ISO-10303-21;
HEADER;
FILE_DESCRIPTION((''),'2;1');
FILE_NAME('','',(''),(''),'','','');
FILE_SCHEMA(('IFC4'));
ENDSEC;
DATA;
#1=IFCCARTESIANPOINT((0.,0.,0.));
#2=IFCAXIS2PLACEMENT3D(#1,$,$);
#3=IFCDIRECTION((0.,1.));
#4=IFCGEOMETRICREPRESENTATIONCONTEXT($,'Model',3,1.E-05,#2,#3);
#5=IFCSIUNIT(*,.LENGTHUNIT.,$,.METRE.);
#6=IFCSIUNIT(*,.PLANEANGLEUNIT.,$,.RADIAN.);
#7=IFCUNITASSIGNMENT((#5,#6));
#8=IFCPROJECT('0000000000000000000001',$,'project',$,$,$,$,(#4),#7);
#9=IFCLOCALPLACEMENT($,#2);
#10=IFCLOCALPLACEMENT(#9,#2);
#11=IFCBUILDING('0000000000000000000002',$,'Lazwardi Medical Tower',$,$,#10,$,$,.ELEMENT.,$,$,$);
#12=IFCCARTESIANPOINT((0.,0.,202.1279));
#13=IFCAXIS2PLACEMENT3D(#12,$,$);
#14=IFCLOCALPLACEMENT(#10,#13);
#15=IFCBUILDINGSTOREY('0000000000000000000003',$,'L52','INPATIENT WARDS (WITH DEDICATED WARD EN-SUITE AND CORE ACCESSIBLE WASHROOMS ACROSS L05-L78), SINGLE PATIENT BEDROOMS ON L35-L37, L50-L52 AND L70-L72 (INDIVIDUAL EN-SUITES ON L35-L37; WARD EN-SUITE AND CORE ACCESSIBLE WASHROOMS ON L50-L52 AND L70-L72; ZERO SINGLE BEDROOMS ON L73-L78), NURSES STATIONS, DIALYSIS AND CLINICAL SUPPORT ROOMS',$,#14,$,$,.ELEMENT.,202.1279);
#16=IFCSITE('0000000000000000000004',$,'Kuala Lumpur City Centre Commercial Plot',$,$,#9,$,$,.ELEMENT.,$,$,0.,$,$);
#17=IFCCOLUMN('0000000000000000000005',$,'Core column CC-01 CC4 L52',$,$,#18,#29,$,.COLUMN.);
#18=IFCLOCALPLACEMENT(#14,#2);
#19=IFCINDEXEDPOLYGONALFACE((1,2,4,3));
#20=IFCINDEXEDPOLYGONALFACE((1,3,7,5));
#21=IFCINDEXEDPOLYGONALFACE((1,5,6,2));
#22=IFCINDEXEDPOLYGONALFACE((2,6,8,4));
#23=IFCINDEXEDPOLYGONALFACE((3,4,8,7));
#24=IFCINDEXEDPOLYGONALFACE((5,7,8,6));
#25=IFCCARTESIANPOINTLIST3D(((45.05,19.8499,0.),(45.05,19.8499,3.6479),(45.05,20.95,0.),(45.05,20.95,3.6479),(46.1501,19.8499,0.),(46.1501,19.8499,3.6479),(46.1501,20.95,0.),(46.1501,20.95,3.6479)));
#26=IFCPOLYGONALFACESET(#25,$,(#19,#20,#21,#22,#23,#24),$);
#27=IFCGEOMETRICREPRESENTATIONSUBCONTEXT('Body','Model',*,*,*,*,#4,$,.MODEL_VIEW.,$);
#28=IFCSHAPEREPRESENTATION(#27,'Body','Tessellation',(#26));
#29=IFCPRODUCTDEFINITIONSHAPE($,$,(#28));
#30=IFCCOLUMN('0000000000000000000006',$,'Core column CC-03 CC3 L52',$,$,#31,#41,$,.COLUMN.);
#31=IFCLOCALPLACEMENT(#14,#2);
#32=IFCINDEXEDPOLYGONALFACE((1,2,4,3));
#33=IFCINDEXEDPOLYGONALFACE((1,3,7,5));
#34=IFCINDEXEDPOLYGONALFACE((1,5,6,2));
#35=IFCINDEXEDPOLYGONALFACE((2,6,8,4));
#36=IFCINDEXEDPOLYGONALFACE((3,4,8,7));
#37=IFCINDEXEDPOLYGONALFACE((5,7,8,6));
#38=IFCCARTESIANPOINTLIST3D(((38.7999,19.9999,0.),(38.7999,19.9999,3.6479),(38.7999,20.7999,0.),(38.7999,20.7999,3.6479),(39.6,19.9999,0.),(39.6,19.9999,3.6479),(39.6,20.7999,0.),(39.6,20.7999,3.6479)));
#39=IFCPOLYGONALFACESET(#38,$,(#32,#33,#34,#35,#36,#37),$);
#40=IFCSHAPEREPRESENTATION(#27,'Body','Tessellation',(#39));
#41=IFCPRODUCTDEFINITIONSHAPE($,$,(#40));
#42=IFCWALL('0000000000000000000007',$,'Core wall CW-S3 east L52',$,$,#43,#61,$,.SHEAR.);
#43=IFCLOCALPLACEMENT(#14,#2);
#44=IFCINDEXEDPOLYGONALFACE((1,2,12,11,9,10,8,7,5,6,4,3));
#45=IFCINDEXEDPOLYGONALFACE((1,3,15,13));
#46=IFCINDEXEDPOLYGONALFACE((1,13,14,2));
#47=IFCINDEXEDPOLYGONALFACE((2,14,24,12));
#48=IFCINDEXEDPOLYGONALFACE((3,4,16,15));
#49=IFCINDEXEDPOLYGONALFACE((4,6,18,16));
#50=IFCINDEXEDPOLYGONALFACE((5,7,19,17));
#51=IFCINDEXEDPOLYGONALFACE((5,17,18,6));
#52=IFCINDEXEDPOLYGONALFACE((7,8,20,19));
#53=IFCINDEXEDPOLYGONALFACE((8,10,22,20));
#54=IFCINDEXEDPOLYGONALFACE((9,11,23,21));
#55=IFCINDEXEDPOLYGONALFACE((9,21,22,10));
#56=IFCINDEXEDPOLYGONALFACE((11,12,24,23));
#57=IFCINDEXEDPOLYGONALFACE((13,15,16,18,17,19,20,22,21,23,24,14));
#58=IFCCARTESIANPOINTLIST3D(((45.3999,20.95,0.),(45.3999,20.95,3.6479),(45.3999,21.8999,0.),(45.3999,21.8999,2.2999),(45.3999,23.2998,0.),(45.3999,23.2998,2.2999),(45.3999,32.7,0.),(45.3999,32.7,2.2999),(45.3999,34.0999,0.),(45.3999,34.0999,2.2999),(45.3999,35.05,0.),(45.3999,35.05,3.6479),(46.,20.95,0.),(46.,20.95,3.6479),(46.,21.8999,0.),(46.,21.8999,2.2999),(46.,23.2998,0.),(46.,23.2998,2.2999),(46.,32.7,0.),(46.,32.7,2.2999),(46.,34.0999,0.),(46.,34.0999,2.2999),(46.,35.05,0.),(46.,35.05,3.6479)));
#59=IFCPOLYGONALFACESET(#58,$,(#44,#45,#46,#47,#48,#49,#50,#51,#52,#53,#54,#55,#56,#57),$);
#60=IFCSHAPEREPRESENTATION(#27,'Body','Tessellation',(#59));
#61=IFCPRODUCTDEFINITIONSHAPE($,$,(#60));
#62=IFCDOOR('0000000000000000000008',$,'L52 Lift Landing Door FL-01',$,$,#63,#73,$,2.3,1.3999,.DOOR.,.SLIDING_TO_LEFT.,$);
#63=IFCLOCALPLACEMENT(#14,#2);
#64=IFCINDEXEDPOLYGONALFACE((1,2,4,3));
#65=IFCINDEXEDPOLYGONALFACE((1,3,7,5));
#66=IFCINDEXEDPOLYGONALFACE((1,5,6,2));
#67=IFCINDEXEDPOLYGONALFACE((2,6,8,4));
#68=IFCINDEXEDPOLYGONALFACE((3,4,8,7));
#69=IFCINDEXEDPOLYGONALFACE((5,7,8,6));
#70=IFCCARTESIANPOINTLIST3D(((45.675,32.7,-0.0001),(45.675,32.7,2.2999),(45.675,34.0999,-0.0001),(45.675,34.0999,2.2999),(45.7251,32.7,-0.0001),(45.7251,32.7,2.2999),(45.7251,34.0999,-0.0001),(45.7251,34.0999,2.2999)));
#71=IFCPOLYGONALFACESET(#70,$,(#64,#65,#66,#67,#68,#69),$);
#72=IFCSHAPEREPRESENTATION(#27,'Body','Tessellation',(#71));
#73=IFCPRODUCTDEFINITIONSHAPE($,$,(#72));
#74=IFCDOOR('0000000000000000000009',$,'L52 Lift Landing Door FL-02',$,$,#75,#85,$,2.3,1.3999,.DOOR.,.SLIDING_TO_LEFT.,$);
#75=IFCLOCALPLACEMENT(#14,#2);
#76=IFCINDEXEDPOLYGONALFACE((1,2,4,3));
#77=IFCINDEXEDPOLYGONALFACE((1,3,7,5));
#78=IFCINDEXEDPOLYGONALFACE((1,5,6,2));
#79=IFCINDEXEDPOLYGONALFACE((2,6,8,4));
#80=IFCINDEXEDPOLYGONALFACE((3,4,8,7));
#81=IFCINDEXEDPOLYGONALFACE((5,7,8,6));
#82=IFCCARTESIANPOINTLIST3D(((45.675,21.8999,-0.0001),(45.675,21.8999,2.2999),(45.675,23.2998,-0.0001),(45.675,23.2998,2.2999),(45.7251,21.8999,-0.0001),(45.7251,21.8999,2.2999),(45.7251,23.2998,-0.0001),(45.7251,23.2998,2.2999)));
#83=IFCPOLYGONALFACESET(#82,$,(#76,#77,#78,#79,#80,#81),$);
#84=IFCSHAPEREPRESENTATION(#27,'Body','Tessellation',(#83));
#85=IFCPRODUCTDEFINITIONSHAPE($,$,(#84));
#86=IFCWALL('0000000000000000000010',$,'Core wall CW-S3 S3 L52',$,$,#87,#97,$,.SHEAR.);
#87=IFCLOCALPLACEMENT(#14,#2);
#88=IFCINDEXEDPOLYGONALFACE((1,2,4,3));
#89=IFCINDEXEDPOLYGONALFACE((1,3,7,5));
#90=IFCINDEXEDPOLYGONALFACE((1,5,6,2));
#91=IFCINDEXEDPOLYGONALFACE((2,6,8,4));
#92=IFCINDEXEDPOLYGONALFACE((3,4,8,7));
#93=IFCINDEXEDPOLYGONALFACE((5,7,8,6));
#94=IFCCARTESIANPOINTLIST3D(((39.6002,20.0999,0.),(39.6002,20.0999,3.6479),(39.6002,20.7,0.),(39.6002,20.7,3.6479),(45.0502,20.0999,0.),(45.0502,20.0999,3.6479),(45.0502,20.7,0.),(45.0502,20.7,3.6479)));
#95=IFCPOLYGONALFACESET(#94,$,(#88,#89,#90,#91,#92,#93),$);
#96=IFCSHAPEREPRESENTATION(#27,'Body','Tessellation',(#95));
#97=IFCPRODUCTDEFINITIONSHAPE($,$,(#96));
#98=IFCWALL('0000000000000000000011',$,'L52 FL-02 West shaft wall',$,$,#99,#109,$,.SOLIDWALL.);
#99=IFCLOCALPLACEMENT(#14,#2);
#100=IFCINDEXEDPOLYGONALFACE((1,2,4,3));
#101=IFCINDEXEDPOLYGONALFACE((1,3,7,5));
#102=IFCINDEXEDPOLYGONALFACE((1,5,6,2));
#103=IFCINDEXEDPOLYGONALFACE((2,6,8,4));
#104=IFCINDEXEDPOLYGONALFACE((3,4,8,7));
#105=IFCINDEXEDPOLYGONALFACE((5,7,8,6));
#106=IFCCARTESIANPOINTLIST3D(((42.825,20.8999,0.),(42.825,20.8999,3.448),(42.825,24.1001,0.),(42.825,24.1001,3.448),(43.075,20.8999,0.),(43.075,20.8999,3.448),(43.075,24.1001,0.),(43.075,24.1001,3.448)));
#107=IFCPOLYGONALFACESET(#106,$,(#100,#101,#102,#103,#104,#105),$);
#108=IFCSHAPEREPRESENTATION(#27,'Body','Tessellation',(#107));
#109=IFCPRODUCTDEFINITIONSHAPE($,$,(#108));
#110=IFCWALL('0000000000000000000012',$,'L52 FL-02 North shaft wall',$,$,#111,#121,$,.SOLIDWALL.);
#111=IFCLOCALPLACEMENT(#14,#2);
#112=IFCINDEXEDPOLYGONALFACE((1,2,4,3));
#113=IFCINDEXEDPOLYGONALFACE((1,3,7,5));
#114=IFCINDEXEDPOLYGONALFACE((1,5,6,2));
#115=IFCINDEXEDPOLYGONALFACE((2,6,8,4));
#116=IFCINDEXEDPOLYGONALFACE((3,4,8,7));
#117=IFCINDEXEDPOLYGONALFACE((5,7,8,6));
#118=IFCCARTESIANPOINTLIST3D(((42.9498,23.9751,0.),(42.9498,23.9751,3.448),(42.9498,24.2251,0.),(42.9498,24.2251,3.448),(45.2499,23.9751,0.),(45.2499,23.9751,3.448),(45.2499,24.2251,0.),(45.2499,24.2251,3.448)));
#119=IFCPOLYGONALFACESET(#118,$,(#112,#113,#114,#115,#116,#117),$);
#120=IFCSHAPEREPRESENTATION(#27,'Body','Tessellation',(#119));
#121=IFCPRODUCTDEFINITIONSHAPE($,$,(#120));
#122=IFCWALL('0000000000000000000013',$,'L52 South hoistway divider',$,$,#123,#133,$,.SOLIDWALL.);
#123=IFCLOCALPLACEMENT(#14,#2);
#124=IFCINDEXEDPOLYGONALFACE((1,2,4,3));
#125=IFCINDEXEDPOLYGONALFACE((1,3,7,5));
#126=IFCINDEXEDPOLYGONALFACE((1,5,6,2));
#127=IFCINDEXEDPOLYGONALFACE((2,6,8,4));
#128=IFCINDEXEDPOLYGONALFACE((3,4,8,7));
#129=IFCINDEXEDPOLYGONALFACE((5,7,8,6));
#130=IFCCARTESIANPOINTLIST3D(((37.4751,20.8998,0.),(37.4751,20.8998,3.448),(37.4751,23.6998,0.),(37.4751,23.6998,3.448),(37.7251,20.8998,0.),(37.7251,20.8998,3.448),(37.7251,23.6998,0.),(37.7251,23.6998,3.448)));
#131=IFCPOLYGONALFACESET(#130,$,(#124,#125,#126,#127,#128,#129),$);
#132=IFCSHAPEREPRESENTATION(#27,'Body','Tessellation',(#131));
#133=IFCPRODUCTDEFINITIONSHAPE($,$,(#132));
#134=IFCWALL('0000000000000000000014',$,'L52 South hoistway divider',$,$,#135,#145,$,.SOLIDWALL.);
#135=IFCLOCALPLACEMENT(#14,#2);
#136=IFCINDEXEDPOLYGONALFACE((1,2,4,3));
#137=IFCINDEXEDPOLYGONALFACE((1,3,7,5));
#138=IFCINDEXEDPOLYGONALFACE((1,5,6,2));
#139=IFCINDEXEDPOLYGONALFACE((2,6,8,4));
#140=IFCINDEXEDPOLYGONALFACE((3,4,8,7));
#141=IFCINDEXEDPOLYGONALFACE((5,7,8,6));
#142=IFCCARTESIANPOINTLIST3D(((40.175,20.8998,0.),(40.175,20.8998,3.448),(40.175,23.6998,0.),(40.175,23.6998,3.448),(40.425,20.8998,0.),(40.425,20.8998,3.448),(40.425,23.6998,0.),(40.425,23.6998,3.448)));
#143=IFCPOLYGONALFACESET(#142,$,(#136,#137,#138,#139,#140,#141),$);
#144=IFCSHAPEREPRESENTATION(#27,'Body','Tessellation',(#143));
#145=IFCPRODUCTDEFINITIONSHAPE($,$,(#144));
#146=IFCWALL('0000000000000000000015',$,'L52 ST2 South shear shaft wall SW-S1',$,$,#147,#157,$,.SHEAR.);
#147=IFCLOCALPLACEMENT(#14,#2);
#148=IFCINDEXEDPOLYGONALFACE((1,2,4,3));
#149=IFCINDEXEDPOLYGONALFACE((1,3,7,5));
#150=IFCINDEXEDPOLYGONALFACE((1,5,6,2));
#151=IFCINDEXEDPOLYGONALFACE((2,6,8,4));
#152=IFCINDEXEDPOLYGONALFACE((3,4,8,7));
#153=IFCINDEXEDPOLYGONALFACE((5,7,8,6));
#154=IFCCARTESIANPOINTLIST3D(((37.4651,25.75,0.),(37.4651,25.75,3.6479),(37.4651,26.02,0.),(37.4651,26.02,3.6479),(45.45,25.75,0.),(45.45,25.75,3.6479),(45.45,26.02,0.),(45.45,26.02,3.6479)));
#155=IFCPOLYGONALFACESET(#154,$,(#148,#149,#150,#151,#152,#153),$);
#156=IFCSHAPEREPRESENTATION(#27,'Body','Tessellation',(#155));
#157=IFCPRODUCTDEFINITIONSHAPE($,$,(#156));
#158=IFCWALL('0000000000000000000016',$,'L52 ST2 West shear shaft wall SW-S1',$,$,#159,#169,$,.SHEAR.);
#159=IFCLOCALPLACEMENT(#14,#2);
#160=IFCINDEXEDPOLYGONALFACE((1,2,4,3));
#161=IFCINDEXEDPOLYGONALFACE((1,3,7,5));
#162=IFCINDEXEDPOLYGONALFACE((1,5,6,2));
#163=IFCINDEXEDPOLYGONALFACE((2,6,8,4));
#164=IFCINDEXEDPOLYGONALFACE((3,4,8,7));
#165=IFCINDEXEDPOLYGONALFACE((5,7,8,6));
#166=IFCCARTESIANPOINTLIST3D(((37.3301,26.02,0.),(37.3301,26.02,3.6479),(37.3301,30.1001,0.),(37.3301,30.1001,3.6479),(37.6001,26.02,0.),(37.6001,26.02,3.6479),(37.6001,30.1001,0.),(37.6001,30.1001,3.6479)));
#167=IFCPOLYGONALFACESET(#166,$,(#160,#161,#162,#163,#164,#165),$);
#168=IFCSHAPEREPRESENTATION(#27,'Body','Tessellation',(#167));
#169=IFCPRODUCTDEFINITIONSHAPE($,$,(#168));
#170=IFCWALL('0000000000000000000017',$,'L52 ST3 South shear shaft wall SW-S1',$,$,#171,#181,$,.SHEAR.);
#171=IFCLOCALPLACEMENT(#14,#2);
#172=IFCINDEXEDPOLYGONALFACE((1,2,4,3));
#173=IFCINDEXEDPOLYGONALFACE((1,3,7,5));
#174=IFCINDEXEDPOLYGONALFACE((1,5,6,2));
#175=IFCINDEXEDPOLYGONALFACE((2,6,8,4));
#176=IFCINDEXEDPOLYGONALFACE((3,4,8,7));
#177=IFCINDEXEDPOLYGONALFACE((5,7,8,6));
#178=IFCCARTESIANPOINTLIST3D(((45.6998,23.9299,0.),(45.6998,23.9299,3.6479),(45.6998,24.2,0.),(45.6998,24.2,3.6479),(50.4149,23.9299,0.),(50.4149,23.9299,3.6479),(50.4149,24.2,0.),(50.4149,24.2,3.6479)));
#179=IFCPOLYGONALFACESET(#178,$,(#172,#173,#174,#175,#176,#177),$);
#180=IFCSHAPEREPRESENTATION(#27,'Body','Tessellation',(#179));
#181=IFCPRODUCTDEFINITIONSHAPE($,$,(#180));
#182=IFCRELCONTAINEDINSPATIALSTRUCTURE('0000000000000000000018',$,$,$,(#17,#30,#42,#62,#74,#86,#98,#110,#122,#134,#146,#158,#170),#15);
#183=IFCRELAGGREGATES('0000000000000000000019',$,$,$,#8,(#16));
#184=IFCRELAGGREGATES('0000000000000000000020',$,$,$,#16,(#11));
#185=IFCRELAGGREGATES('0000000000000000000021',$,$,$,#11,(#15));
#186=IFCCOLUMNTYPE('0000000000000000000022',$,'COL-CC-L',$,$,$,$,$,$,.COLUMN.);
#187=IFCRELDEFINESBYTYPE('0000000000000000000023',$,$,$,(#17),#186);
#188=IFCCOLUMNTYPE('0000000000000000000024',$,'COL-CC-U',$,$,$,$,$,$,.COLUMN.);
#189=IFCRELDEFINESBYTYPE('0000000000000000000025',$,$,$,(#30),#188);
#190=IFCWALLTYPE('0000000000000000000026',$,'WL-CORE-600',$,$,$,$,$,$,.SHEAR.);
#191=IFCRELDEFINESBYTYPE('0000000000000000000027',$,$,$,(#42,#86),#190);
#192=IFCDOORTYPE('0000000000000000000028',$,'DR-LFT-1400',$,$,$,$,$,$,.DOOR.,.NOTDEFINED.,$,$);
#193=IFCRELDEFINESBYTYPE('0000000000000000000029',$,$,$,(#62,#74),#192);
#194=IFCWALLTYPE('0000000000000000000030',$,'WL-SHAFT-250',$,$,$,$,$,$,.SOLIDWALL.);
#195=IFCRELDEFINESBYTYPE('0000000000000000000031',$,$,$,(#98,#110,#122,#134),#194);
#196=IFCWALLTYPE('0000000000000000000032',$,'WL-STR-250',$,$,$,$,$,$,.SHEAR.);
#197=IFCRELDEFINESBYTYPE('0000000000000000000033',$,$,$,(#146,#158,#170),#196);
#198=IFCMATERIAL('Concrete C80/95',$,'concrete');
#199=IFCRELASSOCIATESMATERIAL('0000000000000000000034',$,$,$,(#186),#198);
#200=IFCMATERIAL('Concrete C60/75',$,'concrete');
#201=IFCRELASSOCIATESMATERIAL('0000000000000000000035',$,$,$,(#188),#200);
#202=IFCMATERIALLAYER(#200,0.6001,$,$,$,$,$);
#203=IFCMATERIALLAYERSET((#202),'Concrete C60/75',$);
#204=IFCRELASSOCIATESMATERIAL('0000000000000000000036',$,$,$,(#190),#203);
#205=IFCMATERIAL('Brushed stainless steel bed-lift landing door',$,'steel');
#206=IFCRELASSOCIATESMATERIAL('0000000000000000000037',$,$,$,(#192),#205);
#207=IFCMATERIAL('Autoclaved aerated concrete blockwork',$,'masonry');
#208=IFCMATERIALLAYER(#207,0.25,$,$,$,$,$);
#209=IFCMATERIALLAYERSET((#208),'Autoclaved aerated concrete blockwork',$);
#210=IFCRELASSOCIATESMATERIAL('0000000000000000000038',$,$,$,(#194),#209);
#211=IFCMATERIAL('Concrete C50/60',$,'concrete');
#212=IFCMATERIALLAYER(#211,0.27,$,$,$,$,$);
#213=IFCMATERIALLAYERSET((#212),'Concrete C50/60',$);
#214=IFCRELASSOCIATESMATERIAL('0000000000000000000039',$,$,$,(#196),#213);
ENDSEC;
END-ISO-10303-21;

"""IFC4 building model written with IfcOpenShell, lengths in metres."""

from ifc_helpers import new_model, si_unit, direction, frame, frame_2d, origin, origin_2d, place, context, subcontext, project, spatial, rectangle, extrude, material, layer, layer_set, material_profile, profile_set, type_object, element, fill, save


model = new_model("IFC4")

# Units and contexts
model_context = context("Model", 3, precision=1e-05, world=origin(), true_north=direction((0.0, 1.0)))
body_context = subcontext(model_context, "Body", "Model", "MODEL_VIEW")
ifc_project = project(units=[si_unit("LENGTHUNIT", "METRE"), si_unit("PLANEANGLEUNIT", "RADIAN")], contexts=[model_context])

# Site, building, storey
site_placement = place(None, origin())
site = spatial("IfcSite", under=ifc_project, at=site_placement, Name="Kuala Lumpur City Centre Commercial Plot", CompositionType="ELEMENT", RefElevation=0.0)
building_placement = place(site_placement, origin())
building = spatial("IfcBuilding", under=site, at=building_placement, Name="Lazwardi Medical Tower", CompositionType="ELEMENT")
storey_placement = place(building_placement, frame((0.0, 0.0, 202.1279)))
storey = spatial("IfcBuildingStorey", under=building, at=storey_placement, Name="L52", Description="INPATIENT WARDS (WITH DEDICATED WARD EN-SUITE AND CORE ACCESSIBLE WASHROOMS ACROSS L05-L78), SINGLE PATIENT BEDROOMS ON L35-L37, L50-L52 AND L70-L72 (INDIVIDUAL EN-SUITES ON L35-L37; WARD EN-SUITE AND CORE ACCESSIBLE WASHROOMS ON L50-L52 AND L70-L72; ZERO SINGLE BEDROOMS ON L73-L78), NURSES STATIONS, DIALYSIS AND CLINICAL SUPPORT ROOMS", CompositionType="ELEMENT", Elevation=202.1279)

# Columns
ifc_material_1 = material(Name="Concrete C80/95", Category="concrete")
ifc_material_profile_1 = material_profile(ifc_material_1, rectangle(XDim=1.1001, YDim=1.1001, at=origin_2d()), Name="RC 1100x1100")
ifc_profile_set_1 = profile_set([ifc_material_profile_1], Name="Concrete C80/95")
column_type_1 = type_object("IfcColumnType", Name="COL-CC-L", PredefinedType="COLUMN", material=ifc_profile_set_1)
column_1_placement = place(storey_placement, frame((45.6001, 20.3999, 0.0), z_axis=(0.0, 0.0, 1.0), x_axis=(1.0, 0.0, 0.0)))
element("IfcColumn", 1, at=column_1_placement, inside=storey, type_object=column_type_1, Name="Core column CC-01 CC4 L52", PredefinedType="COLUMN", context=body_context, shape_type="SweptSolid", body=[
    extrude(rectangle(XDim=1.1001, YDim=1.1001, at=origin_2d()), origin(), (0.0, 0.0, 1.0), 3.6479),
])
ifc_material_2 = material(Name="Concrete C60/75", Category="concrete")
ifc_material_profile_2 = material_profile(ifc_material_2, rectangle(XDim=0.8, YDim=0.8, at=origin_2d()), Name="RC 800x800")
ifc_profile_set_2 = profile_set([ifc_material_profile_2], Name="Concrete C60/75")
column_type_2 = type_object("IfcColumnType", Name="COL-CC-U", PredefinedType="COLUMN", material=ifc_profile_set_2)
column_2_placement = place(storey_placement, frame((39.2, 20.3999, 0.0), z_axis=(0.0, 0.0, 1.0), x_axis=(1.0, 0.0, 0.0)))
element("IfcColumn", 2, at=column_2_placement, inside=storey, type_object=column_type_2, Name="Core column CC-03 CC3 L52", PredefinedType="COLUMN", context=body_context, shape_type="SweptSolid", body=[
    extrude(rectangle(XDim=0.8, YDim=0.8, at=origin_2d()), origin(), (0.0, 0.0, 1.0), 3.6479),
])

# Wall, openings, doors
ifc_layer_1 = layer(ifc_material_2, 0.6001)
ifc_layer_set_1 = layer_set([ifc_layer_1], Name="Concrete C60/75")
wall_type_1 = type_object("IfcWallType", Name="WL-CORE-600", PredefinedType="SHEAR", material=ifc_layer_set_1)
wall_1_placement = place(storey_placement, frame((45.7, 20.95, 0.0), z_axis=(0.0, 0.0, 1.0), x_axis=(0.0, 1.0, 0.0)))
wall_1 = element("IfcWall", 3, at=wall_1_placement, inside=storey, type_object=wall_type_1, Name="Core wall CW-S3 east L52", PredefinedType="SHEAR", context=body_context, shape_type="SweptSolid", body=[
    extrude(rectangle(XDim=14.1001, YDim=0.6001, at=frame_2d((7.05, 0.0))), origin(), (0.0, 0.0, 1.0), 3.6479),
])
opening_1_placement = place(wall_1_placement, frame((11.75, 0.0, 0.0)))
opening_1 = element("IfcOpeningElement", 4, at=opening_1_placement, cuts=wall_1, PredefinedType="OPENING", context=body_context, shape_type="SweptSolid", body=[
    extrude(rectangle(XDim=1.3999, YDim=2.3, at=frame_2d((0.7, 1.1499))), frame((0.0, 0.3101, 0.0), z_axis=(0.0, -1.0, 0.0), x_axis=(1.0, 0.0, 0.0)), (0.0, 0.0, 1.0), 0.6201),
])
opening_2_placement = place(wall_1_placement, frame((0.95, 0.0, 0.0)))
opening_2 = element("IfcOpeningElement", 5, at=opening_2_placement, cuts=wall_1, PredefinedType="OPENING", context=body_context, shape_type="SweptSolid", body=[
    extrude(rectangle(XDim=1.3999, YDim=2.3, at=frame_2d((0.7, 1.1499))), frame((0.0, 0.3101, 0.0), z_axis=(0.0, -1.0, 0.0), x_axis=(1.0, 0.0, 0.0)), (0.0, 0.0, 1.0), 0.6201),
])
ifc_material_3 = material(Name="Brushed stainless steel bed-lift landing door", Category="steel")
door_type_1 = type_object("IfcDoorType", Name="DR-LFT-1400", OperationType="NOTDEFINED", PredefinedType="DOOR", material=ifc_material_3)
door_1_placement = place(opening_1_placement, origin())
door_1 = element("IfcDoor", 6, at=door_1_placement, inside=storey, type_object=door_type_1, Name="L52 Lift Landing Door FL-01", OperationType="SLIDING_TO_LEFT", OverallHeight=2.3, OverallWidth=1.3999, PredefinedType="DOOR", context=body_context, shape_type="SweptSolid", body=[
    extrude(rectangle(XDim=1.3999, YDim=2.3, at=frame_2d((0.7, 1.1499))), frame((0.0, 0.0249, 0.0), z_axis=(0.0, -1.0, 0.0), x_axis=(1.0, 0.0, 0.0)), (0.0, 0.0, 1.0), 0.05),
])
fill(opening_1, door_1)
door_2_placement = place(opening_2_placement, origin())
door_2 = element("IfcDoor", 7, at=door_2_placement, inside=storey, type_object=door_type_1, Name="L52 Lift Landing Door FL-02", OperationType="SLIDING_TO_LEFT", OverallHeight=2.3, OverallWidth=1.3999, PredefinedType="DOOR", context=body_context, shape_type="SweptSolid", body=[
    extrude(rectangle(XDim=1.3999, YDim=2.3, at=frame_2d((0.7, 1.1499))), frame((0.0, 0.0249, 0.0), z_axis=(0.0, -1.0, 0.0), x_axis=(1.0, 0.0, 0.0)), (0.0, 0.0, 1.0), 0.05),
])
fill(opening_2, door_2)

# Walls
wall_2_placement = place(storey_placement, frame((39.6001, 20.3999, 0.0), z_axis=(0.0, 0.0, 1.0), x_axis=(1.0, 0.0, 0.0)))
element("IfcWall", 8, at=wall_2_placement, inside=storey, type_object=wall_type_1, Name="Core wall CW-S3 S3 L52", PredefinedType="SHEAR", context=body_context, shape_type="SweptSolid", body=[
    extrude(rectangle(XDim=5.45, YDim=0.6001, at=frame_2d((2.7251, 0.0))), origin(), (0.0, 0.0, 1.0), 3.6479),
])
ifc_material_4 = material(Name="Autoclaved aerated concrete blockwork", Category="masonry")
ifc_layer_2 = layer(ifc_material_4, 0.25)
ifc_layer_set_2 = layer_set([ifc_layer_2], Name="Autoclaved aerated concrete blockwork")
wall_type_2 = type_object("IfcWallType", Name="WL-SHAFT-250", PredefinedType="SOLIDWALL", material=ifc_layer_set_2)
wall_3_placement = place(storey_placement, frame((42.95, 20.8999, 0.0), z_axis=(0.0, 0.0, 1.0), x_axis=(0.0, 1.0, 0.0)))
element("IfcWall", 9, at=wall_3_placement, inside=storey, type_object=wall_type_2, Name="L52 FL-02 West shaft wall", PredefinedType="SOLIDWALL", context=body_context, shape_type="SweptSolid", body=[
    extrude(rectangle(XDim=3.2002, YDim=0.25, at=frame_2d((1.6001, 0.0))), origin(), (0.0, 0.0, 1.0), 3.448),
])
wall_4_placement = place(storey_placement, frame((42.95, 24.1001, 0.0), z_axis=(0.0, 0.0, 1.0), x_axis=(1.0, 0.0, 0.0)))
element("IfcWall", 10, at=wall_4_placement, inside=storey, type_object=wall_type_2, Name="L52 FL-02 North shaft wall", PredefinedType="SOLIDWALL", context=body_context, shape_type="SweptSolid", body=[
    extrude(rectangle(XDim=2.3, YDim=0.25, at=frame_2d((1.1499, 0.0))), origin(), (0.0, 0.0, 1.0), 3.448),
])
for number, where, z_axis, x_axis, name in (
    (11, (37.6001, 20.8999, 0.0), (0.0, 0.0, 1.0), (0.0, 1.0, 0.0), "L52 South hoistway divider"),
    (12, (40.3, 20.8999, 0.0), (0.0, 0.0, 1.0), (0.0, 1.0, 0.0), "L52 South hoistway divider"),
):
    element("IfcWall", number, at=place(storey_placement, frame(where, z_axis=z_axis, x_axis=x_axis)), inside=storey, type_object=wall_type_2, Name=name, PredefinedType="SOLIDWALL", context=body_context, shape_type="SweptSolid", body=[
        extrude(rectangle(XDim=2.8, YDim=0.25, at=frame_2d((1.3999, 0.0))), origin(), (0.0, 0.0, 1.0), 3.448),
    ])

# Shared definitions
ifc_material_5 = material(Name="Concrete C50/60", Category="concrete")
ifc_layer_3 = layer(ifc_material_5, 0.27)
ifc_layer_set_3 = layer_set([ifc_layer_3], Name="Concrete C50/60")
wall_type_3 = type_object("IfcWallType", Name="WL-STR-250", PredefinedType="SHEAR", material=ifc_layer_set_3)

# Walls
wall_5_placement = place(storey_placement, frame((37.4651, 25.885, 0.0), z_axis=(0.0, 0.0, 1.0), x_axis=(1.0, 0.0, 0.0)))
element("IfcWall", 13, at=wall_5_placement, inside=storey, type_object=wall_type_3, Name="L52 ST2 South shear shaft wall SW-S1", PredefinedType="SHEAR", context=body_context, shape_type="SweptSolid", body=[
    extrude(rectangle(XDim=7.9849, YDim=0.27, at=frame_2d((3.9924, 0.0))), origin(), (0.0, 0.0, 1.0), 3.6479),
])
wall_6_placement = place(storey_placement, frame((37.4651, 26.02, 0.0), z_axis=(0.0, 0.0, 1.0), x_axis=(0.0, 1.0, 0.0)))
element("IfcWall", 14, at=wall_6_placement, inside=storey, type_object=wall_type_3, Name="L52 ST2 West shear shaft wall SW-S1", PredefinedType="SHEAR", context=body_context, shape_type="SweptSolid", body=[
    extrude(rectangle(XDim=4.0801, YDim=0.27, at=frame_2d((2.04, 0.0))), origin(), (0.0, 0.0, 1.0), 3.6479),
])
wall_7_placement = place(storey_placement, frame((45.7, 24.0649, 0.0), z_axis=(0.0, 0.0, 1.0), x_axis=(1.0, 0.0, 0.0)))
element("IfcWall", 15, at=wall_7_placement, inside=storey, type_object=wall_type_3, Name="L52 ST3 South shear shaft wall SW-S1", PredefinedType="SHEAR", context=body_context, shape_type="SweptSolid", body=[
    extrude(rectangle(XDim=4.7151, YDim=0.27, at=frame_2d((2.3574, 0.0))), origin(), (0.0, 0.0, 1.0), 3.6479),
])

save(model, "model.ifc")
